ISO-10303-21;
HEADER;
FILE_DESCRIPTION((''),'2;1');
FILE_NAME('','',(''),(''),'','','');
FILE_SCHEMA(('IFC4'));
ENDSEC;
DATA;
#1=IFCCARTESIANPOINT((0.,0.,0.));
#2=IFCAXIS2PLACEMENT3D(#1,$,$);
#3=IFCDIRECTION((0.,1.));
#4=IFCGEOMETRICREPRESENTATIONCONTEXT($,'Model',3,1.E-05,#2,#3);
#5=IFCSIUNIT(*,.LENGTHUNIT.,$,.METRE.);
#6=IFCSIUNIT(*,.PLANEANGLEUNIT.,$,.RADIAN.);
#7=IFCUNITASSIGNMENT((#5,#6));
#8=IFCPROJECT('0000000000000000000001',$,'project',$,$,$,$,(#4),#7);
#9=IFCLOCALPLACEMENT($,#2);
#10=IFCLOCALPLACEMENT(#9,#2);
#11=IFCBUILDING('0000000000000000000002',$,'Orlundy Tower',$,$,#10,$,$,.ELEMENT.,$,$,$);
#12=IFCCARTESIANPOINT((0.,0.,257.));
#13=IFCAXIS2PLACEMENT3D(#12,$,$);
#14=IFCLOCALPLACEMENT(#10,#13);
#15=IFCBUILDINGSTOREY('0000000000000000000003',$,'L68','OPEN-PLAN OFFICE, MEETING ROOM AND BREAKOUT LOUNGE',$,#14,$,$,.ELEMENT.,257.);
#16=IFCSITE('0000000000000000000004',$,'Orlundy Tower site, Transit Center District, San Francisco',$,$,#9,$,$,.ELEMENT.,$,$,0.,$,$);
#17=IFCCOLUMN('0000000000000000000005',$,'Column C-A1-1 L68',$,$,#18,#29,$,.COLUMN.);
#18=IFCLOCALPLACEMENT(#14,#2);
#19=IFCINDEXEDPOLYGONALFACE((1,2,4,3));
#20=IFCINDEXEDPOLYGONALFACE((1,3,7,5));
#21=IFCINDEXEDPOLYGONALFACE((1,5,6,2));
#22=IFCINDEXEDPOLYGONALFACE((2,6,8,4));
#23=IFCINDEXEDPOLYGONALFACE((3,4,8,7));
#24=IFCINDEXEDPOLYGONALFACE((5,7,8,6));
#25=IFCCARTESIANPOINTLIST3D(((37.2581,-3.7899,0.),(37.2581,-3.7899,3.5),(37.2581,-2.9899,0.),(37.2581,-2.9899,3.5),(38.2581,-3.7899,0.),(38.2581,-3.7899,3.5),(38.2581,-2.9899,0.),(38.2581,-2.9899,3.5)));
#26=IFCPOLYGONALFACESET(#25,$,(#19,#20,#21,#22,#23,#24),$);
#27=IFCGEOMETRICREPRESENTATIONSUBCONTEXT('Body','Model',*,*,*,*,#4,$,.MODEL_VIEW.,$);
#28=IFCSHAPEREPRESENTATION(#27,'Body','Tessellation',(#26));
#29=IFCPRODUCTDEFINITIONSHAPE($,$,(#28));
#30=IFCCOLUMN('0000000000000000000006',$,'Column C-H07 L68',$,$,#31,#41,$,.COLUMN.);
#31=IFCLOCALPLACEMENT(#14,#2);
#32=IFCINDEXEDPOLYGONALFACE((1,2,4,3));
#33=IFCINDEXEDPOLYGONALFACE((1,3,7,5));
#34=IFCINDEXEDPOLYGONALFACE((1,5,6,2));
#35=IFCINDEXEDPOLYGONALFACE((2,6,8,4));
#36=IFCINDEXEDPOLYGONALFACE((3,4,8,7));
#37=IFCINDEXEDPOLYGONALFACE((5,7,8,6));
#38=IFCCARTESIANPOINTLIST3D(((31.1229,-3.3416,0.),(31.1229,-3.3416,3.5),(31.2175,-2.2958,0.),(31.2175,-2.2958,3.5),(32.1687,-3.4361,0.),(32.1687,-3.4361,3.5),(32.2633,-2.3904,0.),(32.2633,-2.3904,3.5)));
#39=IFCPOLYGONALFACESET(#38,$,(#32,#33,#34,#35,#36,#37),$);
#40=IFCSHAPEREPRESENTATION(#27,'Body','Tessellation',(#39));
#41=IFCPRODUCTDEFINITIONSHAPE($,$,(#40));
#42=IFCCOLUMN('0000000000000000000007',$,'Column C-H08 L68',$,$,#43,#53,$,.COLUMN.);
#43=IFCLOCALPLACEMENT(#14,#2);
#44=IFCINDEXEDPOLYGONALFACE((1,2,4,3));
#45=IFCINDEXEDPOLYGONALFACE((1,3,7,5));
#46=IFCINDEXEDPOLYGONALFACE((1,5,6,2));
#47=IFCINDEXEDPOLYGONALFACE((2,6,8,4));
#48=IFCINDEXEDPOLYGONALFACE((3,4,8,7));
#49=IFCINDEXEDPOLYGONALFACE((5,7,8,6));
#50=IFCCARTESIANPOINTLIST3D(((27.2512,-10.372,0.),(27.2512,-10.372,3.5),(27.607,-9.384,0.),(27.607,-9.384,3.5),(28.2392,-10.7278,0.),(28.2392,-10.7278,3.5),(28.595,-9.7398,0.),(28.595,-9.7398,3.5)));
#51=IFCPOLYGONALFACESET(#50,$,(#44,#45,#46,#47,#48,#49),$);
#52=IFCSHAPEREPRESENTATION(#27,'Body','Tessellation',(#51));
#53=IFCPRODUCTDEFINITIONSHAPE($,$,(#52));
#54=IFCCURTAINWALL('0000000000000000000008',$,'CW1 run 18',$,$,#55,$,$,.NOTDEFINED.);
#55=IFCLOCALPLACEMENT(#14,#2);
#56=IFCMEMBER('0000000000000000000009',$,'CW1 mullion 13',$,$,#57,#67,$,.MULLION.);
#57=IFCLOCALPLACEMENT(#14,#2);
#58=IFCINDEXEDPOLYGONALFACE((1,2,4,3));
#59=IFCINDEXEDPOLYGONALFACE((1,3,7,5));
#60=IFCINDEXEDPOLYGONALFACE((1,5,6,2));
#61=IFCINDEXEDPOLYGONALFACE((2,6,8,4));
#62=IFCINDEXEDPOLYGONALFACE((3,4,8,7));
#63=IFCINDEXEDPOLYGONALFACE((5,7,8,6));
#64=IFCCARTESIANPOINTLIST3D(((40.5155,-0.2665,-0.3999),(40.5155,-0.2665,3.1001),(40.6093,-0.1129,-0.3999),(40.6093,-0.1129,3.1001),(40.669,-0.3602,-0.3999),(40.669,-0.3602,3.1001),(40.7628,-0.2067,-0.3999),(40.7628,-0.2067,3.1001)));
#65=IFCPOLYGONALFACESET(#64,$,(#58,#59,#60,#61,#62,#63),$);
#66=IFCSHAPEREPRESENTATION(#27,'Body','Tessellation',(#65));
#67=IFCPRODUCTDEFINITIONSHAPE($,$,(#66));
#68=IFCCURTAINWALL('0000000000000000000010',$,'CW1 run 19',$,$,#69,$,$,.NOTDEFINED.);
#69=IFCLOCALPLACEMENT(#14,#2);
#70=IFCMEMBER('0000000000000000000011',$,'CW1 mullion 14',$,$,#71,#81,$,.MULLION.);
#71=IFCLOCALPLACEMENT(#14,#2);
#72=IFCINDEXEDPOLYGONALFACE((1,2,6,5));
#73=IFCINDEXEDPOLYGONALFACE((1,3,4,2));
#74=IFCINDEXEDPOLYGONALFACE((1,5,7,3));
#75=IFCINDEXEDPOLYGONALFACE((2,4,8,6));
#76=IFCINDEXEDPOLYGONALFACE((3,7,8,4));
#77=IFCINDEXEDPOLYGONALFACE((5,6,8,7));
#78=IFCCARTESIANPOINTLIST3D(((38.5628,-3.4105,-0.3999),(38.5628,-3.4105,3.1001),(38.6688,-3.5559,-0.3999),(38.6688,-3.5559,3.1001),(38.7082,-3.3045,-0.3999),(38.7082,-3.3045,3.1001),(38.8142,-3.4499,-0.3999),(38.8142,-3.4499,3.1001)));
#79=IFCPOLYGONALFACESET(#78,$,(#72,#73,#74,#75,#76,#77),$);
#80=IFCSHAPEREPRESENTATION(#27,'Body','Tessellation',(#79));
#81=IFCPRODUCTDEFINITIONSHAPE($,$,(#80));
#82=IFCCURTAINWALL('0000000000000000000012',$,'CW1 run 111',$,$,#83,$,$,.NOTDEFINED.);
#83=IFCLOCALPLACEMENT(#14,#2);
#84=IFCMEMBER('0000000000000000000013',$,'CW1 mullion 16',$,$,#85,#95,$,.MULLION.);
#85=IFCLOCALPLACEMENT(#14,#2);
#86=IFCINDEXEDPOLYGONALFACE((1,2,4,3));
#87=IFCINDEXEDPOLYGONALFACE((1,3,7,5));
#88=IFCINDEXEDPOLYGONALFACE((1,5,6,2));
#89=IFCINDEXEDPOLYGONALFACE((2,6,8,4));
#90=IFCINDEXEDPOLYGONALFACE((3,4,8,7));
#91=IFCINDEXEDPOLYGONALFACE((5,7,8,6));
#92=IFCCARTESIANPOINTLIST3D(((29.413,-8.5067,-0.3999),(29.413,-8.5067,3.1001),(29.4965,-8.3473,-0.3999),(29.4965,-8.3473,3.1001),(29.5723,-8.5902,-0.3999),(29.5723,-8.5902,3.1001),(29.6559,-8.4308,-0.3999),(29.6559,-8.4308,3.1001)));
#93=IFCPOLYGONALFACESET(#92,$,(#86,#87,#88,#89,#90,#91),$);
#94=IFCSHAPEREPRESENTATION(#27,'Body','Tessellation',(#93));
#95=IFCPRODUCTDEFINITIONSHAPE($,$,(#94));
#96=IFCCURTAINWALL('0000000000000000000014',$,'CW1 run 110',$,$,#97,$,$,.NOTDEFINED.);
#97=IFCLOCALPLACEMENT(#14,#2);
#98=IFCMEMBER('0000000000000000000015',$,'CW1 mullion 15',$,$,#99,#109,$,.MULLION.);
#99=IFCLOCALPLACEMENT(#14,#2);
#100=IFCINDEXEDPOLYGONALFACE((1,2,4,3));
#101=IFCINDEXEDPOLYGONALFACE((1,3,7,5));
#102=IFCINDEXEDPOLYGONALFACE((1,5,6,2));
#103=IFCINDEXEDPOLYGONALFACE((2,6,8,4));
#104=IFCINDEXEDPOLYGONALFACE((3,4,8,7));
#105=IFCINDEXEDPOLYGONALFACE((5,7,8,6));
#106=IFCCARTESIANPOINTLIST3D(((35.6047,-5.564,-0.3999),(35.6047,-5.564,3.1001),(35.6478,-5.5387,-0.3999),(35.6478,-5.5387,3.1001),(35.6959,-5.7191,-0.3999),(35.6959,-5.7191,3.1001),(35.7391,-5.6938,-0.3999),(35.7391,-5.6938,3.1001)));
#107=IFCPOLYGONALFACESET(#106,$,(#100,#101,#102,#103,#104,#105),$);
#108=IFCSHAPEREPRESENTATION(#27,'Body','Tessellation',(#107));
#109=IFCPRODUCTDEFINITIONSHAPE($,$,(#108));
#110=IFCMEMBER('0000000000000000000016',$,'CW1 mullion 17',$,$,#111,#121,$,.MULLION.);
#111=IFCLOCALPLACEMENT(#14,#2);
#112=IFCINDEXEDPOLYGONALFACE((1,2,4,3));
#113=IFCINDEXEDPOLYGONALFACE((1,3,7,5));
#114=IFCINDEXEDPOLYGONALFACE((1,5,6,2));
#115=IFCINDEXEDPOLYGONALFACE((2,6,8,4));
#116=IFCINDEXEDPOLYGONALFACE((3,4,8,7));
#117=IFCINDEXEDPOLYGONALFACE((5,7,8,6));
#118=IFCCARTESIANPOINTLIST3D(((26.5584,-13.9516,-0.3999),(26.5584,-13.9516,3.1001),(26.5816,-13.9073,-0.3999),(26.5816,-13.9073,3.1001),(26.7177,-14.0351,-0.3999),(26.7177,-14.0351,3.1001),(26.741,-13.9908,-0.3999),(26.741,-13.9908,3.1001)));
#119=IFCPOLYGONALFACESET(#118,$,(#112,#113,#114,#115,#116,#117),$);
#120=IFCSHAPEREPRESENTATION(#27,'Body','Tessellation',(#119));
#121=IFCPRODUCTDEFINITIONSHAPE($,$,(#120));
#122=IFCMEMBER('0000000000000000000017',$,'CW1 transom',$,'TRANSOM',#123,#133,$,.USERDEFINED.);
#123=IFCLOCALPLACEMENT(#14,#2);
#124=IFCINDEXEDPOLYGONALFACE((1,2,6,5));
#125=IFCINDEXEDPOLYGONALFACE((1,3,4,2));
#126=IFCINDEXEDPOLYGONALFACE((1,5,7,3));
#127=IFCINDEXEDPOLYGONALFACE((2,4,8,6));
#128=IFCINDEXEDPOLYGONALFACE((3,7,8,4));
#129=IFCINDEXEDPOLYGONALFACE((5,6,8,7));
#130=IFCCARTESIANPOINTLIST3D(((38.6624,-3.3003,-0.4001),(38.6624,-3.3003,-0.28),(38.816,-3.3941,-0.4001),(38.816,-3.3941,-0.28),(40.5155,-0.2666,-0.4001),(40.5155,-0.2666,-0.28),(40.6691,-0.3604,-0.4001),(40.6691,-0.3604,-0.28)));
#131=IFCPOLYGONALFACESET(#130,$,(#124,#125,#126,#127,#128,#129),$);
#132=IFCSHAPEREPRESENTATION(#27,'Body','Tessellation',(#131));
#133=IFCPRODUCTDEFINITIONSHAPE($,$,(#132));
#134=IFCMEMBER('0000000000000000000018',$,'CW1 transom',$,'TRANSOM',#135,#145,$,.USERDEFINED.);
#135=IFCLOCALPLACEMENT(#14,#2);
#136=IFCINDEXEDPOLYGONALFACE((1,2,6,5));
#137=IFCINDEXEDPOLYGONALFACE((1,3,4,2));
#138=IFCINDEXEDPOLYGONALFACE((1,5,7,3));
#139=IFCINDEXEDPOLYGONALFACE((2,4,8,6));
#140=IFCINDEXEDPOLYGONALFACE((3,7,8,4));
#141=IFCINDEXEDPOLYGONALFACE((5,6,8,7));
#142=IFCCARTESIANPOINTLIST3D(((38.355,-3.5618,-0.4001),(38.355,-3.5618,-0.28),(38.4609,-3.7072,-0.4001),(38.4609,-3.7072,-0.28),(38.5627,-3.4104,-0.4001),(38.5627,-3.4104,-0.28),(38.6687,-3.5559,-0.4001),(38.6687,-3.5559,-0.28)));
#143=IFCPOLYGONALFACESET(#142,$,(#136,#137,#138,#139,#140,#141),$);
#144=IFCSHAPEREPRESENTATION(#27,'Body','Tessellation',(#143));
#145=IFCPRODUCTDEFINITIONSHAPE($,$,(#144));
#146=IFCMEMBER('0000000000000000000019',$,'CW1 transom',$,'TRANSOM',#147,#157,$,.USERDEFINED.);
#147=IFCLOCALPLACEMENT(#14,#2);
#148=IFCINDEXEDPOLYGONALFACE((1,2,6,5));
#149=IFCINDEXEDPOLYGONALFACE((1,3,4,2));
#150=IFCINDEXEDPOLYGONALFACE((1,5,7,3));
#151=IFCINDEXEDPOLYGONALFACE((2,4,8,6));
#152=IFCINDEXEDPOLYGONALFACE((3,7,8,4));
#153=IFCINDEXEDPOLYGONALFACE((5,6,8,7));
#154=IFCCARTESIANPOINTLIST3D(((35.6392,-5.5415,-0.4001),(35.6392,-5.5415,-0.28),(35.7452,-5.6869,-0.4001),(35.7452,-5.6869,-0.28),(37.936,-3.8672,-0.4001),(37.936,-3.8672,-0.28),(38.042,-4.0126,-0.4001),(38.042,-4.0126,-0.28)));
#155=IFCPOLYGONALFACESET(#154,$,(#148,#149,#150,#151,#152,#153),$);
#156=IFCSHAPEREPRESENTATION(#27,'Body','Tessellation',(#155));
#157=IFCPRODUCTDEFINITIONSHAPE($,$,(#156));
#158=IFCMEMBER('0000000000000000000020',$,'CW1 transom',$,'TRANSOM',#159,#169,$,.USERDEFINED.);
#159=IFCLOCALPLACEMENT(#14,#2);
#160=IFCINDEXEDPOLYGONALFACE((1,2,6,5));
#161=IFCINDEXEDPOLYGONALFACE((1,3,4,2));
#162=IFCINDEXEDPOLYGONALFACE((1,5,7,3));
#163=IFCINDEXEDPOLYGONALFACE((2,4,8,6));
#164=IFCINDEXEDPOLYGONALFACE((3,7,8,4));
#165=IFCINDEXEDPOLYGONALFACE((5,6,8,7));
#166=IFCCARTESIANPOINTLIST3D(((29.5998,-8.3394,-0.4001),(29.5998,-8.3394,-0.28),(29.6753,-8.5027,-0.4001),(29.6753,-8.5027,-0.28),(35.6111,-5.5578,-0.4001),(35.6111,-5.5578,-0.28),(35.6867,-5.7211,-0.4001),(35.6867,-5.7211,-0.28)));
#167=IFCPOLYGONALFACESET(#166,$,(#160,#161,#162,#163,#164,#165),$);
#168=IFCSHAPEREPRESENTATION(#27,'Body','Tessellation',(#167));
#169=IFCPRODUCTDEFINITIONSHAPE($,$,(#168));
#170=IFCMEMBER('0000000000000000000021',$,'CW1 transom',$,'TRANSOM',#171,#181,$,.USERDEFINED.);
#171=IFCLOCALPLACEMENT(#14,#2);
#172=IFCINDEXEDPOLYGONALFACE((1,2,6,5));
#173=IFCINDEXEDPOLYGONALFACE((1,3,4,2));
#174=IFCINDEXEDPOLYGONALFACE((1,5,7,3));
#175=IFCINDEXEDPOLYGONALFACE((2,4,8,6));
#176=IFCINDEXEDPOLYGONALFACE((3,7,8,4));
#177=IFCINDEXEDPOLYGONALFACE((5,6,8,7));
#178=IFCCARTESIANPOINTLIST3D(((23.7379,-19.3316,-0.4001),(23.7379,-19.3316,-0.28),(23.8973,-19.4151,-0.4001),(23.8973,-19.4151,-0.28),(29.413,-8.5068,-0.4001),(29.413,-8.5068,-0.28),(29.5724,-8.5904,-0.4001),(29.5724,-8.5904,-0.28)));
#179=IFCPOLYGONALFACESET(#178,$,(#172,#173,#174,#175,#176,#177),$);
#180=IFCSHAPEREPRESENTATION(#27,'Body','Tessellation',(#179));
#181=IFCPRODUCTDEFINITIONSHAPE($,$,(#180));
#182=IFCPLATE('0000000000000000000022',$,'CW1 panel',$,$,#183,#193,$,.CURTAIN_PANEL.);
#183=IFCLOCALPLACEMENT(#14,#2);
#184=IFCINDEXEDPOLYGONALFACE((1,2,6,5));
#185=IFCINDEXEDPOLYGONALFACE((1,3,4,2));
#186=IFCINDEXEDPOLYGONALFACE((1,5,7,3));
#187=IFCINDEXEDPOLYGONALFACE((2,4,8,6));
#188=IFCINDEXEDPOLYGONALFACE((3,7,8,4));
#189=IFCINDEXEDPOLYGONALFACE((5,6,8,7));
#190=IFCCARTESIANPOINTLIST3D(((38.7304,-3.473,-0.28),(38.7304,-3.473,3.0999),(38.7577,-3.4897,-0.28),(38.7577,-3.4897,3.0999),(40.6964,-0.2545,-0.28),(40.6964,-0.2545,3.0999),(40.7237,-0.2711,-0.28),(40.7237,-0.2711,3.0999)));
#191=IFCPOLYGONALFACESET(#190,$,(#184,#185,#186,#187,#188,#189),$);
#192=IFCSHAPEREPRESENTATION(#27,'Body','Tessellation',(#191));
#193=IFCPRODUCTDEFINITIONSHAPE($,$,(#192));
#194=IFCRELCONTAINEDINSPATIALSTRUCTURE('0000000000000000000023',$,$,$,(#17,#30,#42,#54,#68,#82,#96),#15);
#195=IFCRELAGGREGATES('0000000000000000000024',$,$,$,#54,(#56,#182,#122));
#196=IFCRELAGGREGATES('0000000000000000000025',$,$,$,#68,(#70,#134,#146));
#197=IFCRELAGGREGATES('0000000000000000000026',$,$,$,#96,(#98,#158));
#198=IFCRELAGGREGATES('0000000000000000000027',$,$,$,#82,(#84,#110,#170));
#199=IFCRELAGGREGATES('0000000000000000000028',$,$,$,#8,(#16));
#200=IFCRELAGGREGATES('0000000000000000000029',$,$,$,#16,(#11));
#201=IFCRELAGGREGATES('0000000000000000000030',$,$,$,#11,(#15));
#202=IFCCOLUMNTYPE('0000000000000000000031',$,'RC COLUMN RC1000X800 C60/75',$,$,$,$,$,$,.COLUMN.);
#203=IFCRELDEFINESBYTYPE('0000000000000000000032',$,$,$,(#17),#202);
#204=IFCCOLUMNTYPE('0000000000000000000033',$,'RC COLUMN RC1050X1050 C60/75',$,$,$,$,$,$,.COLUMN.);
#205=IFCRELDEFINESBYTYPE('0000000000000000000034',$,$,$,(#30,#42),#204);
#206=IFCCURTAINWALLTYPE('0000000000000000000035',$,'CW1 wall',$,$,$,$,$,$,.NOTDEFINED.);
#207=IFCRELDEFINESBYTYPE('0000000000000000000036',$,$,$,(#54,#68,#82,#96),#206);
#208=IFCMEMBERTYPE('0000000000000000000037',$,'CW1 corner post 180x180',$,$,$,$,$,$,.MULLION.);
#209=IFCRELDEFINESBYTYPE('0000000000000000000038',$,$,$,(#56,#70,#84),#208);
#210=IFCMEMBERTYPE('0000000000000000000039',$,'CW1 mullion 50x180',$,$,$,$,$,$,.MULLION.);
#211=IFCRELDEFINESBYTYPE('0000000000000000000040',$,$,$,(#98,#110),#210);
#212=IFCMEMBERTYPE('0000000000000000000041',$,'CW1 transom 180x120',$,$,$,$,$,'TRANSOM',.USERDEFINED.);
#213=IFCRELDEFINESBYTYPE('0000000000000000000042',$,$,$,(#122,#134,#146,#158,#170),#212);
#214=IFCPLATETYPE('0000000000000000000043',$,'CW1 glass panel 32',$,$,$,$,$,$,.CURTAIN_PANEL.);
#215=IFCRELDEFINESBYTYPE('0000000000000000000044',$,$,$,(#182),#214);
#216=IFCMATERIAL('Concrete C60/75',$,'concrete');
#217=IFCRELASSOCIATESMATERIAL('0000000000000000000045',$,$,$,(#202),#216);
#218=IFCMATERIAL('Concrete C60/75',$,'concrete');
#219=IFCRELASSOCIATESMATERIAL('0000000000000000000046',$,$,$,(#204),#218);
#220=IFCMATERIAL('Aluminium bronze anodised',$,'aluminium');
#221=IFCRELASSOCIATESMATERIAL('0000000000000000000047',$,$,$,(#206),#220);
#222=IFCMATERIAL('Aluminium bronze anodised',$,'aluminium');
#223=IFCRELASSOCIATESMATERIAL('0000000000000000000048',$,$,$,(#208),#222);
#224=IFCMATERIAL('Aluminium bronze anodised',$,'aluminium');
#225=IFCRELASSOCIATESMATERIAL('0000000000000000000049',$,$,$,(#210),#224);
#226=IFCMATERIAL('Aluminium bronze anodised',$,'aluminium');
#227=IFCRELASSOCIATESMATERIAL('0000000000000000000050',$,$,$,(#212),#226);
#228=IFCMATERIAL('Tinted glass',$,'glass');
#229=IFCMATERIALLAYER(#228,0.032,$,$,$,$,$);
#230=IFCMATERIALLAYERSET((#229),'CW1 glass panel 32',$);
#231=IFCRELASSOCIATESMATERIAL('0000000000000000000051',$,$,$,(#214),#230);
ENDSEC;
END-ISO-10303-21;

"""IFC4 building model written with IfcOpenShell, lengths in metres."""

from ifc_helpers import new_model, si_unit, direction, frame, origin, origin_2d, place, context, subcontext, project, spatial, rectangle, extrude, material, layer, layer_set, material_profile, profile_set, type_object, element, aggregate, save


model = new_model("IFC4")

# Units and contexts
model_context = context("Model", 3, precision=1e-05, world=origin(), true_north=direction((0.0, 1.0)))
body_context = subcontext(model_context, "Body", "Model", "MODEL_VIEW")
ifc_project = project(units=[si_unit("LENGTHUNIT", "METRE"), si_unit("PLANEANGLEUNIT", "RADIAN")], contexts=[model_context])

# Site, building, storey
site_placement = place(None, origin())
site = spatial("IfcSite", under=ifc_project, at=site_placement, Name="Orlundy Tower site, Transit Center District, San Francisco", CompositionType="ELEMENT", RefElevation=0.0)
building_placement = place(site_placement, origin())
building = spatial("IfcBuilding", under=site, at=building_placement, Name="Orlundy Tower", CompositionType="ELEMENT")
storey_placement = place(building_placement, frame((0.0, 0.0, 257.0)))
storey = spatial("IfcBuildingStorey", under=building, at=storey_placement, Name="L68", Description="OPEN-PLAN OFFICE, MEETING ROOM AND BREAKOUT LOUNGE", CompositionType="ELEMENT", Elevation=257.0)

# Columns
ifc_material_1 = material(Name="Concrete C60/75", Category="concrete")
ifc_material_profile_1 = material_profile(ifc_material_1, rectangle(XDim=1.0, YDim=0.8, at=origin_2d()), Name="RC1000X800")
ifc_profile_set_1 = profile_set([ifc_material_profile_1], Name="Concrete C60/75")
column_type_1 = type_object("IfcColumnType", Name="RC COLUMN RC1000X800 C60/75", PredefinedType="COLUMN", material=ifc_profile_set_1)
column_placement = place(storey_placement, frame((37.7581, -3.3899, 0.0), z_axis=(0.0, 0.0, 1.0), x_axis=(1.0, 0.0, 0.0)))
element("IfcColumn", 1, at=column_placement, inside=storey, type_object=column_type_1, Name="Column C-A1-1 L68", PredefinedType="COLUMN", context=body_context, shape_type="SweptSolid", body=[
    extrude(rectangle(XDim=1.0, YDim=0.8, at=origin_2d()), origin(), (0.0, 0.0, 1.0), 3.5),
])
ifc_material_2 = material(Name="Concrete C60/75", Category="concrete")
ifc_material_profile_2 = material_profile(ifc_material_2, rectangle(XDim=1.05, YDim=1.05, at=origin_2d()), Name="RC1050X1050")
ifc_profile_set_2 = profile_set([ifc_material_profile_2], Name="Concrete C60/75")
column_type_2 = type_object("IfcColumnType", Name="RC COLUMN RC1050X1050 C60/75", PredefinedType="COLUMN", material=ifc_profile_set_2)
for number, where, z_axis, x_axis, name in (
    (2, (31.6931, -2.866, 0.0), (0.0, 0.0, 1.0), (0.995936, -0.090059, 0.0), "Column C-H07 L68"),
    (3, (27.9231, -10.0559, 0.0), (0.0, 0.0, 1.0), (0.940845, -0.338836, 0.0), "Column C-H08 L68"),
):
    element("IfcColumn", number, at=place(storey_placement, frame(where, z_axis=z_axis, x_axis=x_axis)), inside=storey, type_object=column_type_2, Name=name, PredefinedType="COLUMN", context=body_context, shape_type="SweptSolid", body=[
        extrude(rectangle(XDim=1.05, YDim=1.05, at=origin_2d()), origin(), (0.0, 0.0, 1.0), 3.5),
    ])

# Curtain walls, members
ifc_material_3 = material(Name="Aluminium bronze anodised", Category="aluminium")
curtain_wall_type = type_object("IfcCurtainWallType", Name="CW1 wall", PredefinedType="NOTDEFINED", material=ifc_material_3)
curtain_wall_1_placement = place(storey_placement, origin())
curtain_wall_1 = element("IfcCurtainWall", 4, at=curtain_wall_1_placement, inside=storey, type_object=curtain_wall_type, Name="CW1 run 18", PredefinedType="NOTDEFINED")
ifc_material_4 = material(Name="Aluminium bronze anodised", Category="aluminium")
ifc_material_profile_3 = material_profile(ifc_material_4, rectangle(XDim=0.1799, YDim=0.1799, at=origin_2d()), Name="CW1 corner post 180x180")
ifc_profile_set_3 = profile_set([ifc_material_profile_3], Name="Aluminium bronze anodised")
member_type_1 = type_object("IfcMemberType", Name="CW1 corner post 180x180", PredefinedType="MULLION", material=ifc_profile_set_3)
member_1_placement = place(storey_placement, frame((40.6392, -0.2366, -0.3999), z_axis=(0.0, 0.0, 1.0), x_axis=(0.853395, -0.521264, 0.0)))
member_1 = element("IfcMember", 5, at=member_1_placement, type_object=member_type_1, Name="CW1 mullion 13", PredefinedType="MULLION", context=body_context, shape_type="SweptSolid", body=[
    extrude(rectangle(XDim=0.1799, YDim=0.1799, at=origin_2d()), origin(), (0.0, 0.0, 1.0), 3.5),
])
curtain_wall_2_placement = place(storey_placement, origin())
curtain_wall_2 = element("IfcCurtainWall", 6, at=curtain_wall_2_placement, inside=storey, type_object=curtain_wall_type, Name="CW1 run 19", PredefinedType="NOTDEFINED")
member_2_placement = place(storey_placement, frame((38.6885, -3.4302, -0.3999), z_axis=(0.0, 0.0, 1.0), x_axis=(0.589022, -0.808117, 0.0)))
member_2 = element("IfcMember", 7, at=member_2_placement, type_object=member_type_1, Name="CW1 mullion 14", PredefinedType="MULLION", context=body_context, shape_type="SweptSolid", body=[
    extrude(rectangle(XDim=0.1799, YDim=0.1799, at=origin_2d()), origin(), (0.0, 0.0, 1.0), 3.5),
])
curtain_wall_3_placement = place(storey_placement, origin())
curtain_wall_3 = element("IfcCurtainWall", 8, at=curtain_wall_3_placement, inside=storey, type_object=curtain_wall_type, Name="CW1 run 111", PredefinedType="NOTDEFINED")
member_3_placement = place(storey_placement, frame((29.5344, -8.4688, -0.3999), z_axis=(0.0, 0.0, 1.0), x_axis=(0.885661, -0.464333, 0.0)))
member_3 = element("IfcMember", 9, at=member_3_placement, type_object=member_type_1, Name="CW1 mullion 16", PredefinedType="MULLION", context=body_context, shape_type="SweptSolid", body=[
    extrude(rectangle(XDim=0.1799, YDim=0.1799, at=origin_2d()), origin(), (0.0, 0.0, 1.0), 3.5),
])
curtain_wall_4_placement = place(storey_placement, origin())
curtain_wall_4 = element("IfcCurtainWall", 10, at=curtain_wall_4_placement, inside=storey, type_object=curtain_wall_type, Name="CW1 run 110", PredefinedType="NOTDEFINED")
ifc_material_5 = material(Name="Aluminium bronze anodised", Category="aluminium")
ifc_material_profile_4 = material_profile(ifc_material_5, rectangle(XDim=0.1799, YDim=0.05, at=origin_2d()), Name="CW1 mullion 50x180")
ifc_profile_set_4 = profile_set([ifc_material_profile_4], Name="Aluminium bronze anodised")
member_type_2 = type_object("IfcMemberType", Name="CW1 mullion 50x180", PredefinedType="MULLION", material=ifc_profile_set_4)
member_4_placement = place(storey_placement, frame((35.6719, -5.6289, -0.3999), z_axis=(0.0, 0.0, 1.0), x_axis=(0.506928, -0.861989, 0.0)))
member_4 = element("IfcMember", 11, at=member_4_placement, type_object=member_type_2, Name="CW1 mullion 15", PredefinedType="MULLION", context=body_context, shape_type="SweptSolid", body=[
    extrude(rectangle(XDim=0.1799, YDim=0.05, at=origin_2d()), origin(), (0.0, 0.0, 1.0), 3.5),
])

# Members
member_5_placement = place(storey_placement, frame((26.6497, -13.9712, -0.3999), z_axis=(0.0, 0.0, 1.0), x_axis=(0.885661, -0.464333, 0.0)))
member_5 = element("IfcMember", 12, at=member_5_placement, type_object=member_type_2, Name="CW1 mullion 17", PredefinedType="MULLION", context=body_context, shape_type="SweptSolid", body=[
    extrude(rectangle(XDim=0.1799, YDim=0.05, at=origin_2d()), origin(), (0.0, 0.0, 1.0), 3.5),
])
ifc_material_6 = material(Name="Aluminium bronze anodised", Category="aluminium")
ifc_material_profile_5 = material_profile(ifc_material_6, rectangle(XDim=0.1799, YDim=0.1201, at=origin_2d()), Name="CW1 transom 180x120")
ifc_profile_set_5 = profile_set([ifc_material_profile_5], Name="Aluminium bronze anodised")
member_type_3 = type_object("IfcMemberType", Name="CW1 transom 180x120", ElementType="TRANSOM", PredefinedType="USERDEFINED", material=ifc_profile_set_5)
member_6_placement = place(storey_placement, frame((40.5923, -0.3135, -0.3401), z_axis=(-0.521267, -0.853394, 0.0), x_axis=(0.853394, -0.521267, 0.0)))
member_6 = element("IfcMember", 13, at=member_6_placement, type_object=member_type_3, Name="CW1 transom", ObjectType="TRANSOM", PredefinedType="USERDEFINED", context=body_context, shape_type="SweptSolid", body=[
    extrude(rectangle(XDim=0.1799, YDim=0.1201, at=origin_2d()), origin(), (0.0, 0.0, 1.0), 3.5549),
])
member_7_placement = place(storey_placement, frame((38.6157, -3.4832, -0.3401), z_axis=(-0.808243, -0.588849, 0.0), x_axis=(0.588849, -0.808243, 0.0)))
member_7 = element("IfcMember", 14, at=member_7_placement, type_object=member_type_3, Name="CW1 transom", ObjectType="TRANSOM", PredefinedType="USERDEFINED", context=body_context, shape_type="SweptSolid", body=[
    extrude(rectangle(XDim=0.1799, YDim=0.1201, at=origin_2d()), origin(), (0.0, 0.0, 1.0), 0.2571),
])
member_8_placement = place(storey_placement, frame((37.989, -3.9399, -0.3401), z_axis=(-0.808089, -0.58906, 0.0), x_axis=(0.58906, -0.808089, 0.0)))
member_8 = element("IfcMember", 15, at=member_8_placement, type_object=member_type_3, Name="CW1 transom", ObjectType="TRANSOM", PredefinedType="USERDEFINED", context=body_context, shape_type="SweptSolid", body=[
    extrude(rectangle(XDim=0.1799, YDim=0.1201, at=origin_2d()), origin(), (0.0, 0.0, 1.0), 2.8423),
])
member_9_placement = place(storey_placement, frame((35.6489, -5.6394, -0.3401), z_axis=(-0.907545, -0.419956, 0.0), x_axis=(0.419956, -0.907545, 0.0)))
member_9 = element("IfcMember", 16, at=member_9_placement, type_object=member_type_3, Name="CW1 transom", ObjectType="TRANSOM", PredefinedType="USERDEFINED", context=body_context, shape_type="SweptSolid", body=[
    extrude(rectangle(XDim=0.1799, YDim=0.1201, at=origin_2d()), origin(), (0.0, 0.0, 1.0), 6.6238),
])
member_10_placement = place(storey_placement, frame((29.4927, -8.5486, -0.3401), z_axis=(-0.464326, -0.885665, 0.0), x_axis=(0.885665, -0.464326, 0.0)))
member_10 = element("IfcMember", 17, at=member_10_placement, type_object=member_type_3, Name="CW1 transom", ObjectType="TRANSOM", PredefinedType="USERDEFINED", context=body_context, shape_type="SweptSolid", body=[
    extrude(rectangle(XDim=0.1799, YDim=0.1201, at=origin_2d()), origin(), (0.0, 0.0, 1.0), 12.2222),
])

# Plate
ifc_material_7 = material(Name="Tinted glass", Category="glass")
ifc_layer_1 = layer(ifc_material_7, 0.032)
ifc_layer_set_1 = layer_set([ifc_layer_1], Name="CW1 glass panel 32")
plate_type = type_object("IfcPlateType", Name="CW1 glass panel 32", PredefinedType="CURTAIN_PANEL", material=ifc_layer_set_1)
plate_1_placement = place(storey_placement, frame((39.7271, -1.8721, -0.28), z_axis=(0.0, 0.0, 1.0), x_axis=(-0.521264, -0.853395, 0.0)))
plate_1 = element("IfcPlate", 18, at=plate_1_placement, type_object=plate_type, Name="CW1 panel", PredefinedType="CURTAIN_PANEL", context=body_context, shape_type="SweptSolid", body=[
    extrude(rectangle(XDim=3.7715, YDim=0.032, at=origin_2d()), origin(), (0.0, 0.0, 1.0), 3.3799),
])
aggregate(curtain_wall_1, [member_1, plate_1, member_6])
aggregate(curtain_wall_2, [member_2, member_7, member_8])
aggregate(curtain_wall_4, [member_4, member_9])
aggregate(curtain_wall_3, [member_3, member_5, member_10])

save(model, "model.ifc")
